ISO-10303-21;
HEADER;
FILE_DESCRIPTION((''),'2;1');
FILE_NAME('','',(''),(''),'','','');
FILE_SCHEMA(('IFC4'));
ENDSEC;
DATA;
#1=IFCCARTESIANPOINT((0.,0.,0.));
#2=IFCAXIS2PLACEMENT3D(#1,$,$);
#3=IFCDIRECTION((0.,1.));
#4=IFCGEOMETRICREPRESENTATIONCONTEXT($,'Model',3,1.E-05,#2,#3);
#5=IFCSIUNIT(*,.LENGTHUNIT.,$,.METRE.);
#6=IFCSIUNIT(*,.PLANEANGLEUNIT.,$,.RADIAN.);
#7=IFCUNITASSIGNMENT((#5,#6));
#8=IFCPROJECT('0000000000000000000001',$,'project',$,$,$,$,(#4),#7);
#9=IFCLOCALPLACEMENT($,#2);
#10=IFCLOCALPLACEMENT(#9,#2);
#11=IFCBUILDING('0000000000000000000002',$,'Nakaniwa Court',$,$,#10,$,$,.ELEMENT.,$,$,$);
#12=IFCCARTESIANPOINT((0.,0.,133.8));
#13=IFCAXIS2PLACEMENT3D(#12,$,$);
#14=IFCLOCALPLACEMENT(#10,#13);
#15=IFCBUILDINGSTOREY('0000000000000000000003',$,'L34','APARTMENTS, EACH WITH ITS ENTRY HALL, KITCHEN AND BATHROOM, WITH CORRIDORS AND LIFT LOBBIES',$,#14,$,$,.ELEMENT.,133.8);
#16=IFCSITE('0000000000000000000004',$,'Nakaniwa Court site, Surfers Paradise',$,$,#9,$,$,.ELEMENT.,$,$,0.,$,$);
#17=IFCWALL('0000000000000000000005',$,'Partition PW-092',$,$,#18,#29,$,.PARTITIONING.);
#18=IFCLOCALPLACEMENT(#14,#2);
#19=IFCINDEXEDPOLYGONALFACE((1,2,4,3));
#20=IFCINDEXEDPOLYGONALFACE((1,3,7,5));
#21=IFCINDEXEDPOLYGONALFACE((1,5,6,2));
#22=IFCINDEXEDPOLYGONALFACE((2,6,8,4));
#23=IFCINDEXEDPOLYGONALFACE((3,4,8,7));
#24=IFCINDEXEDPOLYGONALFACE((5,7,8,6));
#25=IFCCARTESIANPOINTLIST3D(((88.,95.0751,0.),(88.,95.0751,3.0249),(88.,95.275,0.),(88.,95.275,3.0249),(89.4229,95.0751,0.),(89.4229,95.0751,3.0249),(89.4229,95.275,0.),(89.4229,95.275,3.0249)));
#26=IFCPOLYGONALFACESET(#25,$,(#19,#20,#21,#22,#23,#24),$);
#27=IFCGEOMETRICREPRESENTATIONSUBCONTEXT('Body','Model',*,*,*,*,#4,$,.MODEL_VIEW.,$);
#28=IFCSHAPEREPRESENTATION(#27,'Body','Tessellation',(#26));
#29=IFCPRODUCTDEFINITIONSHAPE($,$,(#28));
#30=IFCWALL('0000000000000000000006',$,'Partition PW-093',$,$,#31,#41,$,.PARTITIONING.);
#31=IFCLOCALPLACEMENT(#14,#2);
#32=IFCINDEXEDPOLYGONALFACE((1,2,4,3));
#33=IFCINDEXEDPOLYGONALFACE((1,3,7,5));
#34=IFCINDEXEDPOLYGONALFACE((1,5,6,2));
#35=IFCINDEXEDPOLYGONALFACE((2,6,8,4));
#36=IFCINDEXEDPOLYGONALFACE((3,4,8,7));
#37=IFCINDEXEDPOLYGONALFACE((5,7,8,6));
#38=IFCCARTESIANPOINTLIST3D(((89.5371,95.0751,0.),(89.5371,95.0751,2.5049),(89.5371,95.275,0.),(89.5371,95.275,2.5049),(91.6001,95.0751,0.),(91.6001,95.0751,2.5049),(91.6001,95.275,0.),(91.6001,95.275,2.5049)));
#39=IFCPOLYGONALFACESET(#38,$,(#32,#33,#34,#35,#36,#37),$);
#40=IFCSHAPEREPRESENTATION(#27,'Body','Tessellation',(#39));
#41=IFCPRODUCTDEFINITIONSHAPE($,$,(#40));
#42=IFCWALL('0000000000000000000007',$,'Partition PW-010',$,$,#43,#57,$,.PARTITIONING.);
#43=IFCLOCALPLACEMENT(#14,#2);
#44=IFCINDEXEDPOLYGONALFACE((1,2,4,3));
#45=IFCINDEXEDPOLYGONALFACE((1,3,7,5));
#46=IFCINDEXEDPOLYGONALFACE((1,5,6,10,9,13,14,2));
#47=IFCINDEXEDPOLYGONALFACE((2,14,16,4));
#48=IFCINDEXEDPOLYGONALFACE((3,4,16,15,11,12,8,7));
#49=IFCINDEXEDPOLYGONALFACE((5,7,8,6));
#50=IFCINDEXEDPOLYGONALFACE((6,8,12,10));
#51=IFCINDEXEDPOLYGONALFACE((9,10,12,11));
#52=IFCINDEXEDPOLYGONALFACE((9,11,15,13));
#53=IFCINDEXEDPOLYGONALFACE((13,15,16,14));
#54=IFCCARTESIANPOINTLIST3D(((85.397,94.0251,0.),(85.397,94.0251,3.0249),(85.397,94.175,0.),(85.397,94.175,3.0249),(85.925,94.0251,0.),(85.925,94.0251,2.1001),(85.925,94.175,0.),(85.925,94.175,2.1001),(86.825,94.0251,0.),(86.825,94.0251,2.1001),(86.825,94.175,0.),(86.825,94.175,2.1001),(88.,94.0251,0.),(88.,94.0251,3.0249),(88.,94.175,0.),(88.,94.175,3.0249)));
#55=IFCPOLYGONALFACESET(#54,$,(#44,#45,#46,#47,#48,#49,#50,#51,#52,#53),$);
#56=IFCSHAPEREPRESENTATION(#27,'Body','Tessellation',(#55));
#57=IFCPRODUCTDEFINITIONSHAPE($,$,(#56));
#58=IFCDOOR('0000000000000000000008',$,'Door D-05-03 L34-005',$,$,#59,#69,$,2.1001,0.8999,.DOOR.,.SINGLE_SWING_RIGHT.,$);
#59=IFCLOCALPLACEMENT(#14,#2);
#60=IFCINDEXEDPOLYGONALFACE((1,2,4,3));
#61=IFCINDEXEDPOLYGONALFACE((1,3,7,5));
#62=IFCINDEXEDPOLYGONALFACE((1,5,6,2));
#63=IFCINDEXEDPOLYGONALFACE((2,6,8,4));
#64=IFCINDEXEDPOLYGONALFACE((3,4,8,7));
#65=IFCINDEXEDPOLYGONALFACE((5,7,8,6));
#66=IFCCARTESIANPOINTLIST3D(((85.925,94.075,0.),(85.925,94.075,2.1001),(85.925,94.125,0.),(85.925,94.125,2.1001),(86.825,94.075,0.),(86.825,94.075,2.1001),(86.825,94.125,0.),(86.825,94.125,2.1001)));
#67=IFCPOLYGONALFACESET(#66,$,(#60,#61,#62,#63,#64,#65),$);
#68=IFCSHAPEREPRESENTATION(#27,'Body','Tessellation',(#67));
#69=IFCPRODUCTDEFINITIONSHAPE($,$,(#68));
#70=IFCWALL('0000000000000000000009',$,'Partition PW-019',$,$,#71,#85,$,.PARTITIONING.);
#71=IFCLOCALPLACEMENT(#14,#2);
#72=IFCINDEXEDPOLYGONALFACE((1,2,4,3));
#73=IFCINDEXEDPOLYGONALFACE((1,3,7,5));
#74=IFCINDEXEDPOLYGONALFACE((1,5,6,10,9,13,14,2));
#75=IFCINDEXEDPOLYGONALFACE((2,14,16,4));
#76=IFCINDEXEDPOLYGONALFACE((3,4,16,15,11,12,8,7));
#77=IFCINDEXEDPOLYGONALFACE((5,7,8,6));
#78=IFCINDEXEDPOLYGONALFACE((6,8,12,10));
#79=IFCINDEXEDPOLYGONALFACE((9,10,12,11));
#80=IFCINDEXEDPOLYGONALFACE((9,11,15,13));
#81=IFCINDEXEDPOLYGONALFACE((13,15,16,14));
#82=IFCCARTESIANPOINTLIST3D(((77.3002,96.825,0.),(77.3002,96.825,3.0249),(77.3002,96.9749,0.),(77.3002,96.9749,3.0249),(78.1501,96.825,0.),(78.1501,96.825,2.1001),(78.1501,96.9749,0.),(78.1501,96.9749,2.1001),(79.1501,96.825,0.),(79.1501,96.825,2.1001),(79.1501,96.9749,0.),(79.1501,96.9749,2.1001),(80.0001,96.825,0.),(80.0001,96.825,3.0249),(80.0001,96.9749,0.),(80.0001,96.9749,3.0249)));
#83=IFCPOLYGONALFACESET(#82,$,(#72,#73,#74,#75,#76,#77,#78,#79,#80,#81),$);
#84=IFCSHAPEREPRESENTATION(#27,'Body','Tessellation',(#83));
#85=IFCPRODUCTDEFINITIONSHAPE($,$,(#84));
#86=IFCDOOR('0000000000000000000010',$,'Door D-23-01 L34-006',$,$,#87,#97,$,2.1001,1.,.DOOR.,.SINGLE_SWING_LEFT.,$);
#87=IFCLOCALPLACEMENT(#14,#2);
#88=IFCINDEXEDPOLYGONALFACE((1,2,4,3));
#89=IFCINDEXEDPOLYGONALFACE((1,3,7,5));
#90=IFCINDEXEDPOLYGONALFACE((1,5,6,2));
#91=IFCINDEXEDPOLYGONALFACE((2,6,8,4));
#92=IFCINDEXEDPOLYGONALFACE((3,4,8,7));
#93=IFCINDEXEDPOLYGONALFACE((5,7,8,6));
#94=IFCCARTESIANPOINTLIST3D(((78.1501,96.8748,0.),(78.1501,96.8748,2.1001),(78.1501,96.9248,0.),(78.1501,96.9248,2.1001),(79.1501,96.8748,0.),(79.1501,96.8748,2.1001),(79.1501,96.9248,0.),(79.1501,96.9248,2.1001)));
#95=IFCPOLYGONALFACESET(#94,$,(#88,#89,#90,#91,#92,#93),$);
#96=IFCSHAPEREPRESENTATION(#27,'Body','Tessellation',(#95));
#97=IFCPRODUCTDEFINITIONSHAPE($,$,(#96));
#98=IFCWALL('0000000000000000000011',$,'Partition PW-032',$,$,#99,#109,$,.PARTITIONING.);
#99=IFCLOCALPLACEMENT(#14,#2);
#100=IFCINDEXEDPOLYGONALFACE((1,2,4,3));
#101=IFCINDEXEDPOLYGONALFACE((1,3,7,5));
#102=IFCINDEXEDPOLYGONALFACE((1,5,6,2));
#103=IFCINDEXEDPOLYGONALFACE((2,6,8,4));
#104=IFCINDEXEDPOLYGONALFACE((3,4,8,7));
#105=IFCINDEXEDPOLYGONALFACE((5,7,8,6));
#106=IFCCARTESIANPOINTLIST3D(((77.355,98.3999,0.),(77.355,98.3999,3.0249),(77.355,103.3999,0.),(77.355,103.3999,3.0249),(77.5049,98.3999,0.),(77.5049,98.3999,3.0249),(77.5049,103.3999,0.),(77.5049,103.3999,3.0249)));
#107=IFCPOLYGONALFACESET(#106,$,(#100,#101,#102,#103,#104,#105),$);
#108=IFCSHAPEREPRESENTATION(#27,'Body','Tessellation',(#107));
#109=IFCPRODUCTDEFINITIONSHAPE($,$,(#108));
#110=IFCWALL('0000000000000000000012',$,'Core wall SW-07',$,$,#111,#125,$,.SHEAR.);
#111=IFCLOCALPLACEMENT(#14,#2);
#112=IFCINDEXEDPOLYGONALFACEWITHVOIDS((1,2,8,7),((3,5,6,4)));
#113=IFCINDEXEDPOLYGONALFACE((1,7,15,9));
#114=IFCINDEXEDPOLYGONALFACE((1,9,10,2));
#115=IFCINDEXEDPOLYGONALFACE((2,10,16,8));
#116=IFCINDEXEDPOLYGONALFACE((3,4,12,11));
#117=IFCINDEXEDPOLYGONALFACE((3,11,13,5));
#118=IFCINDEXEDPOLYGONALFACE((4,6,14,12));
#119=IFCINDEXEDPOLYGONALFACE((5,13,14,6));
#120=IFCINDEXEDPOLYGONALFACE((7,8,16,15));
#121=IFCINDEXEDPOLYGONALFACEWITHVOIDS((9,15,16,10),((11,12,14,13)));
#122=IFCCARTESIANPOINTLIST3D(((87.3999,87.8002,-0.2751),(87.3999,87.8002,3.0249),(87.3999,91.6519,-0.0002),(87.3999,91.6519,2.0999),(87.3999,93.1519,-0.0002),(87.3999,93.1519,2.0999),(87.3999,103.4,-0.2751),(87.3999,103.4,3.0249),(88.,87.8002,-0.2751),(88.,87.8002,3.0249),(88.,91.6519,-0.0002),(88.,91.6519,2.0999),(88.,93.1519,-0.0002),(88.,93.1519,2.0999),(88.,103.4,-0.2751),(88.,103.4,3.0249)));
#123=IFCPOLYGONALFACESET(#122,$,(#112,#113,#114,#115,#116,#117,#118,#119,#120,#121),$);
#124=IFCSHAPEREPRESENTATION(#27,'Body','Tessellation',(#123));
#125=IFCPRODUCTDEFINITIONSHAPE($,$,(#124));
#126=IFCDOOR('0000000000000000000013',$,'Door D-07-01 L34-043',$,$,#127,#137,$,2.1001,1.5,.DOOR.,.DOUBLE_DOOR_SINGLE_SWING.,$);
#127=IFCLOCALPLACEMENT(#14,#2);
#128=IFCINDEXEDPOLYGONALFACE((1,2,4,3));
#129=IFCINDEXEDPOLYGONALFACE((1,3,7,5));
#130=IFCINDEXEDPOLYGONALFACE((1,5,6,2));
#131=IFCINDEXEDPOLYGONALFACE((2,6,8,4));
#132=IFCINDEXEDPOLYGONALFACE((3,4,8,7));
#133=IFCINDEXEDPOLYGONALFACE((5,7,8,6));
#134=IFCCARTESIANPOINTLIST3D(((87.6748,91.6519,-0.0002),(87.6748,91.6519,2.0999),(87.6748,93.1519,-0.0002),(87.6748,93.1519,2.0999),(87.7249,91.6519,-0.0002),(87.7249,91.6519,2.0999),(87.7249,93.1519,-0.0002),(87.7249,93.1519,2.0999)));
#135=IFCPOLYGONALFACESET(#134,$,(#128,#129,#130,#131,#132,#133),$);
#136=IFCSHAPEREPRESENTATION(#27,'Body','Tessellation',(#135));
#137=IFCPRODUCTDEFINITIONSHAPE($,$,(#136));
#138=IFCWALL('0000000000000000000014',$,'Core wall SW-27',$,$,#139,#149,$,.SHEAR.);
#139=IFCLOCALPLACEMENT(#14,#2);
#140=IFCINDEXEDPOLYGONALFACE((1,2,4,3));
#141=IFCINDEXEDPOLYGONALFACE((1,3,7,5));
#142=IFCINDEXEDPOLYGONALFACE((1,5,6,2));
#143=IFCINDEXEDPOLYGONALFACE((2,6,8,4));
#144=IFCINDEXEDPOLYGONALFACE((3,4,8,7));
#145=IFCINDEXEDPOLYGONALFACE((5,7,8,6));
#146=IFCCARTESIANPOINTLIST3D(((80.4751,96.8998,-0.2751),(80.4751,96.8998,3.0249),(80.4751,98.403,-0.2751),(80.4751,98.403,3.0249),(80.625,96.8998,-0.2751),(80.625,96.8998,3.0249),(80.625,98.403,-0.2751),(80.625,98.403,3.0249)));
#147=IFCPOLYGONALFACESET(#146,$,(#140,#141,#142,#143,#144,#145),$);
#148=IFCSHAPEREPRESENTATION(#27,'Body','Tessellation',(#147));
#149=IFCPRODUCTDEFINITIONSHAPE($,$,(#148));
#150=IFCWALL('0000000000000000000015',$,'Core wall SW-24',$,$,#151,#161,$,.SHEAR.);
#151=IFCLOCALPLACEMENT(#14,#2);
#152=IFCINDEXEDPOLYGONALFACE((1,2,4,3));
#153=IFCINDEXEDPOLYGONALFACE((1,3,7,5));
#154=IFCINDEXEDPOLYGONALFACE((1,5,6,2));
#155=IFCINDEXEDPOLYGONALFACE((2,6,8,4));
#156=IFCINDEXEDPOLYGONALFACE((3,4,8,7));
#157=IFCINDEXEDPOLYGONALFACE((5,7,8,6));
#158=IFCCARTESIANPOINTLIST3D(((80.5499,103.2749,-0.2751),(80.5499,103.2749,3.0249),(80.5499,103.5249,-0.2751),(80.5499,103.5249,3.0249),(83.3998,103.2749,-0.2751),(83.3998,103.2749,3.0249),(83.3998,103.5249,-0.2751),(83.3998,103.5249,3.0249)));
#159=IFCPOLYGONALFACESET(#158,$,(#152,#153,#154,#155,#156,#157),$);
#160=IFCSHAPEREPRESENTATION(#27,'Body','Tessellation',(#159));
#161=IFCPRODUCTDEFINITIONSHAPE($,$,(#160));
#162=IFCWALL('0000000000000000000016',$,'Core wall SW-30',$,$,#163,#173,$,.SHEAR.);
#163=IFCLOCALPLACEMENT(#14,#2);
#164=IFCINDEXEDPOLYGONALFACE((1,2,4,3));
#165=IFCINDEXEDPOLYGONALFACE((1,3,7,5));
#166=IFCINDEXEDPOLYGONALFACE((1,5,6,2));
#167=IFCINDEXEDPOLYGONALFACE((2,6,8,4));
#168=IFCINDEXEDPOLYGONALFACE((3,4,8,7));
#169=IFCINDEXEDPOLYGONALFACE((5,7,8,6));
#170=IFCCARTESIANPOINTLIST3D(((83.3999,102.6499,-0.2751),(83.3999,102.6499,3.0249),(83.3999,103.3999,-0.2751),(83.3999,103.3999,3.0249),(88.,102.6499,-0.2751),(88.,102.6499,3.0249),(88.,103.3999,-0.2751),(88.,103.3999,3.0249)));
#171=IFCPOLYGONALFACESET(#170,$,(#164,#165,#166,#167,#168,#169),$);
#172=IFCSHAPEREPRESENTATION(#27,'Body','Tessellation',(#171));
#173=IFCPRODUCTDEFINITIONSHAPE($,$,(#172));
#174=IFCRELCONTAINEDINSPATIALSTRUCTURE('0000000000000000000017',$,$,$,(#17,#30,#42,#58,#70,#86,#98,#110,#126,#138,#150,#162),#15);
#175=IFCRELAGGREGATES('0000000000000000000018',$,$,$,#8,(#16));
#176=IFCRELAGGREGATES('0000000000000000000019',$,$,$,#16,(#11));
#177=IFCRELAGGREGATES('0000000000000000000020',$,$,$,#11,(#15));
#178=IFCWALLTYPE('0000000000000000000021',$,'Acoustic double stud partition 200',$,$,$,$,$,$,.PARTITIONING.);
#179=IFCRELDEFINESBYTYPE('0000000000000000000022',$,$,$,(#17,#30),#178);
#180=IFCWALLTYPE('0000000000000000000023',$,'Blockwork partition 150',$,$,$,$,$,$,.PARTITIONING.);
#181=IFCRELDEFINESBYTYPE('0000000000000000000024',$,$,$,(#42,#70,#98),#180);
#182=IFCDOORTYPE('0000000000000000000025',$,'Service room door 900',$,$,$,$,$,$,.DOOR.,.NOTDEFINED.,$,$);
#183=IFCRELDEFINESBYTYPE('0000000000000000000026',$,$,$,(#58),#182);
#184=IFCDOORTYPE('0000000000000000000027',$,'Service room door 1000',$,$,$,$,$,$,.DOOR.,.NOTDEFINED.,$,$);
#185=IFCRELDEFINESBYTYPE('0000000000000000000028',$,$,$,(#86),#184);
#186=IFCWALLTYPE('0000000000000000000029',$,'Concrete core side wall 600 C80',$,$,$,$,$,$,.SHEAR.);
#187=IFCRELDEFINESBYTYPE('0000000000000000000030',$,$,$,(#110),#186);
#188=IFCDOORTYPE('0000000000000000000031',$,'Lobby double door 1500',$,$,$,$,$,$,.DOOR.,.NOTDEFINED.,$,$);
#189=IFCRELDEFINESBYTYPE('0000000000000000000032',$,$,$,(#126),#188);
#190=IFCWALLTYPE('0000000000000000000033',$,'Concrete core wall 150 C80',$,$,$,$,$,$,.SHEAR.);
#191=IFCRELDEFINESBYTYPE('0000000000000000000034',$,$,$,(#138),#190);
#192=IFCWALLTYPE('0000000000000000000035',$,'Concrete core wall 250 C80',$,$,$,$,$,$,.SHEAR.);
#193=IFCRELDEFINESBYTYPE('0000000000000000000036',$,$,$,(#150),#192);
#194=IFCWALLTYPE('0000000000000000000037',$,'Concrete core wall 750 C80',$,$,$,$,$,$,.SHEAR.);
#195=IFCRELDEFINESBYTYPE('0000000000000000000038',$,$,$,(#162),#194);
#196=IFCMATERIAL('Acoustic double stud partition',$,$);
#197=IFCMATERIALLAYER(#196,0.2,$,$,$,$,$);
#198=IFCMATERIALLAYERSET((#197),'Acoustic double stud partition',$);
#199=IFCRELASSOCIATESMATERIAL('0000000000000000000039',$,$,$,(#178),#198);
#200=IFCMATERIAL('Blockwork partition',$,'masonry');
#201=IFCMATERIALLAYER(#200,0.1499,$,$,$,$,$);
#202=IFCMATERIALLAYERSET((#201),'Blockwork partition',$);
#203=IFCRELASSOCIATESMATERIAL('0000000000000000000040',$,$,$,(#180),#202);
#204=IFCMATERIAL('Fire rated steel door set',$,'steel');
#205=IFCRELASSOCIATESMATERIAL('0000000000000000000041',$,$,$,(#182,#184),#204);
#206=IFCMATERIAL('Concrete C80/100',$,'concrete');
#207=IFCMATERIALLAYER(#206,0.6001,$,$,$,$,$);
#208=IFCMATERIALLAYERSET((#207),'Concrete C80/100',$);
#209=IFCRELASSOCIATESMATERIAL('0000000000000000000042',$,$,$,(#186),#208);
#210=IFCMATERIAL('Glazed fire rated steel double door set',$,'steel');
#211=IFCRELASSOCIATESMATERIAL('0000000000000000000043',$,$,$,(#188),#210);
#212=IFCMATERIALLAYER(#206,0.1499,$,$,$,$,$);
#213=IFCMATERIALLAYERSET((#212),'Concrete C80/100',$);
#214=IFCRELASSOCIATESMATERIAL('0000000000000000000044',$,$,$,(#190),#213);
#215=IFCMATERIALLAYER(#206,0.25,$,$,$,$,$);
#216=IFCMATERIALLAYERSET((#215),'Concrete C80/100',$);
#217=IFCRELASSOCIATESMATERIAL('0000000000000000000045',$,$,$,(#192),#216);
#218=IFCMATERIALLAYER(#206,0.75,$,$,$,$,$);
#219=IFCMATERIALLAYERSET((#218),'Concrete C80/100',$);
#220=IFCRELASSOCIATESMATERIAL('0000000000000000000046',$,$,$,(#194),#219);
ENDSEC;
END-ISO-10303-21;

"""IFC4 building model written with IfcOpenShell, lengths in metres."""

from ifc_helpers import new_model, si_unit, direction, frame, frame_2d, origin, place, context, subcontext, project, spatial, rectangle, extrude, material, layer, layer_set, type_object, element, fill, save


model = new_model("IFC4")

# Units and contexts
model_context = context("Model", 3, precision=1e-05, world=origin(), true_north=direction((0.0, 1.0)))
body_context = subcontext(model_context, "Body", "Model", "MODEL_VIEW")
ifc_project = project(units=[si_unit("LENGTHUNIT", "METRE"), si_unit("PLANEANGLEUNIT", "RADIAN")], contexts=[model_context])

# Site, building, storey
site_placement = place(None, origin())
site = spatial("IfcSite", under=ifc_project, at=site_placement, Name="Nakaniwa Court site, Surfers Paradise", CompositionType="ELEMENT", RefElevation=0.0)
building_placement = place(site_placement, origin())
building = spatial("IfcBuilding", under=site, at=building_placement, Name="Nakaniwa Court", CompositionType="ELEMENT")
storey_placement = place(building_placement, frame((0.0, 0.0, 133.8)))
storey = spatial("IfcBuildingStorey", under=building, at=storey_placement, Name="L34", Description="APARTMENTS, EACH WITH ITS ENTRY HALL, KITCHEN AND BATHROOM, WITH CORRIDORS AND LIFT LOBBIES", CompositionType="ELEMENT", Elevation=133.8)

# Walls
ifc_material_1 = material(Name="Acoustic double stud partition")
ifc_layer_1 = layer(ifc_material_1, 0.2)
ifc_layer_set_1 = layer_set([ifc_layer_1], Name="Acoustic double stud partition")
wall_type_1 = type_object("IfcWallType", Name="Acoustic double stud partition 200", PredefinedType="PARTITIONING", material=ifc_layer_set_1)
wall_1_placement = place(storey_placement, frame((88.0, 95.175, 0.0), z_axis=(0.0, 0.0, 1.0), x_axis=(1.0, 0.0, 0.0)))
element("IfcWall", 1, at=wall_1_placement, inside=storey, type_object=wall_type_1, Name="Partition PW-092", PredefinedType="PARTITIONING", context=body_context, shape_type="SweptSolid", body=[
    extrude(rectangle(XDim=1.4229, YDim=0.2, at=frame_2d((0.7114, 0.0))), origin(), (0.0, 0.0, 1.0), 3.0249),
])
wall_2_placement = place(storey_placement, frame((89.5371, 95.175, 0.0), z_axis=(0.0, 0.0, 1.0), x_axis=(1.0, 0.0, 0.0)))
element("IfcWall", 2, at=wall_2_placement, inside=storey, type_object=wall_type_1, Name="Partition PW-093", PredefinedType="PARTITIONING", context=body_context, shape_type="SweptSolid", body=[
    extrude(rectangle(XDim=2.063, YDim=0.2, at=frame_2d((1.0315, 0.0))), origin(), (0.0, 0.0, 1.0), 2.5049),
])

# Walls, openings, doors
ifc_material_2 = material(Name="Blockwork partition", Category="masonry")
ifc_layer_2 = layer(ifc_material_2, 0.1499)
ifc_layer_set_2 = layer_set([ifc_layer_2], Name="Blockwork partition")
wall_type_2 = type_object("IfcWallType", Name="Blockwork partition 150", PredefinedType="PARTITIONING", material=ifc_layer_set_2)
wall_3_placement = place(storey_placement, frame((85.397, 94.1001, 0.0), z_axis=(0.0, 0.0, 1.0), x_axis=(1.0, 0.0, 0.0)))
wall_3 = element("IfcWall", 3, at=wall_3_placement, inside=storey, type_object=wall_type_2, Name="Partition PW-010", PredefinedType="PARTITIONING", context=body_context, shape_type="SweptSolid", body=[
    extrude(rectangle(XDim=2.603, YDim=0.1499, at=frame_2d((1.3015, 0.0))), origin(), (0.0, 0.0, 1.0), 3.0249),
])
opening_1_placement = place(wall_3_placement, frame((0.5281, 0.0, 0.0)))
opening_1 = element("IfcOpeningElement", 4, at=opening_1_placement, cuts=wall_3, PredefinedType="OPENING", context=body_context, shape_type="SweptSolid", body=[
    extrude(rectangle(XDim=0.8999, YDim=2.1001, at=frame_2d((0.45, 1.05))), frame((0.0, 0.085, 0.0), z_axis=(0.0, -1.0, 0.0), x_axis=(1.0, 0.0, 0.0)), (0.0, 0.0, 1.0), 0.1699),
])
ifc_material_3 = material(Name="Fire rated steel door set", Category="steel")
door_type_1 = type_object("IfcDoorType", Name="Service room door 900", OperationType="NOTDEFINED", PredefinedType="DOOR", material=ifc_material_3)
door_1_placement = place(opening_1_placement, origin())
door_1 = element("IfcDoor", 5, at=door_1_placement, inside=storey, type_object=door_type_1, Name="Door D-05-03 L34-005", OperationType="SINGLE_SWING_RIGHT", OverallHeight=2.1001, OverallWidth=0.8999, PredefinedType="DOOR", context=body_context, shape_type="SweptSolid", body=[
    extrude(rectangle(XDim=0.8999, YDim=2.1001, at=frame_2d((0.45, 1.05))), frame((0.0, 0.0249, 0.0), z_axis=(0.0, -1.0, 0.0), x_axis=(1.0, 0.0, 0.0)), (0.0, 0.0, 1.0), 0.05),
])
fill(opening_1, door_1)
wall_4_placement = place(storey_placement, frame((77.3, 96.8999, 0.0), z_axis=(0.0, 0.0, 1.0), x_axis=(1.0, 0.0, 0.0)))
wall_4 = element("IfcWall", 6, at=wall_4_placement, inside=storey, type_object=wall_type_2, Name="Partition PW-019", PredefinedType="PARTITIONING", context=body_context, shape_type="SweptSolid", body=[
    extrude(rectangle(XDim=2.7, YDim=0.1499, at=frame_2d((1.3501, 0.0))), origin(), (0.0, 0.0, 1.0), 3.0249),
])
opening_2_placement = place(wall_4_placement, frame((0.8501, 0.0, 0.0)))
opening_2 = element("IfcOpeningElement", 7, at=opening_2_placement, cuts=wall_4, PredefinedType="OPENING", context=body_context, shape_type="SweptSolid", body=[
    extrude(rectangle(XDim=1.0, YDim=2.1001, at=frame_2d((0.5, 1.05))), frame((0.0, 0.085, 0.0), z_axis=(0.0, -1.0, 0.0), x_axis=(1.0, 0.0, 0.0)), (0.0, 0.0, 1.0), 0.1699),
])
door_type_2 = type_object("IfcDoorType", Name="Service room door 1000", OperationType="NOTDEFINED", PredefinedType="DOOR", material=ifc_material_3)
door_2_placement = place(opening_2_placement, origin())
door_2 = element("IfcDoor", 8, at=door_2_placement, inside=storey, type_object=door_type_2, Name="Door D-23-01 L34-006", OperationType="SINGLE_SWING_LEFT", OverallHeight=2.1001, OverallWidth=1.0, PredefinedType="DOOR", context=body_context, shape_type="SweptSolid", body=[
    extrude(rectangle(XDim=1.0, YDim=2.1001, at=frame_2d((0.5, 1.05))), frame((0.0, 0.0249, 0.0), z_axis=(0.0, -1.0, 0.0), x_axis=(1.0, 0.0, 0.0)), (0.0, 0.0, 1.0), 0.05),
])
fill(opening_2, door_2)

# Wall
wall_5_placement = place(storey_placement, frame((77.4299, 98.3999, 0.0), z_axis=(0.0, 0.0, 1.0), x_axis=(0.0, 1.0, 0.0)))
element("IfcWall", 9, at=wall_5_placement, inside=storey, type_object=wall_type_2, Name="Partition PW-032", PredefinedType="PARTITIONING", context=body_context, shape_type="SweptSolid", body=[
    extrude(rectangle(XDim=5.0, YDim=0.1499, at=frame_2d((2.5, 0.0))), origin(), (0.0, 0.0, 1.0), 3.0249),
])

# Wall, opening, door
ifc_material_4 = material(Name="Concrete C80/100", Category="concrete")
ifc_layer_3 = layer(ifc_material_4, 0.6001)
ifc_layer_set_3 = layer_set([ifc_layer_3], Name="Concrete C80/100")
wall_type_3 = type_object("IfcWallType", Name="Concrete core side wall 600 C80", PredefinedType="SHEAR", material=ifc_layer_set_3)
wall_6_placement = place(storey_placement, frame((87.7, 103.3999, -0.2751), z_axis=(0.0, 0.0, 1.0), x_axis=(0.0, -1.0, 0.0)))
wall_6 = element("IfcWall", 10, at=wall_6_placement, inside=storey, type_object=wall_type_3, Name="Core wall SW-07", PredefinedType="SHEAR", context=body_context, shape_type="SweptSolid", body=[
    extrude(rectangle(XDim=15.5999, YDim=0.6001, at=frame_2d((7.7998, 0.0))), origin(), (0.0, 0.0, 1.0), 3.3),
])
opening_3_placement = place(wall_6_placement, frame((10.248, 0.0, 0.2749)))
opening_3 = element("IfcOpeningElement", 11, at=opening_3_placement, cuts=wall_6, PredefinedType="OPENING", context=body_context, shape_type="SweptSolid", body=[
    extrude(rectangle(XDim=1.5, YDim=2.1001, at=frame_2d((0.75, 1.05))), frame((0.0, 0.3101, 0.0), z_axis=(0.0, -1.0, 0.0), x_axis=(1.0, 0.0, 0.0)), (0.0, 0.0, 1.0), 0.6201),
])
ifc_material_5 = material(Name="Glazed fire rated steel double door set", Category="steel")
door_type_3 = type_object("IfcDoorType", Name="Lobby double door 1500", OperationType="NOTDEFINED", PredefinedType="DOOR", material=ifc_material_5)
door_3_placement = place(opening_3_placement, origin())
door_3 = element("IfcDoor", 12, at=door_3_placement, inside=storey, type_object=door_type_3, Name="Door D-07-01 L34-043", OperationType="DOUBLE_DOOR_SINGLE_SWING", OverallHeight=2.1001, OverallWidth=1.5, PredefinedType="DOOR", context=body_context, shape_type="SweptSolid", body=[
    extrude(rectangle(XDim=1.5, YDim=2.1001, at=frame_2d((0.75, 1.05))), frame((0.0, 0.0249, 0.0), z_axis=(0.0, -1.0, 0.0), x_axis=(1.0, 0.0, 0.0)), (0.0, 0.0, 1.0), 0.05),
])
fill(opening_3, door_3)

# Walls
ifc_layer_4 = layer(ifc_material_4, 0.1499)
ifc_layer_set_4 = layer_set([ifc_layer_4], Name="Concrete C80/100")
wall_type_4 = type_object("IfcWallType", Name="Concrete core wall 150 C80", PredefinedType="SHEAR", material=ifc_layer_set_4)
wall_7_placement = place(storey_placement, frame((80.55, 96.8999, -0.2751), z_axis=(0.0, 0.0, 1.0), x_axis=(0.0, 1.0, 0.0)))
element("IfcWall", 13, at=wall_7_placement, inside=storey, type_object=wall_type_4, Name="Core wall SW-27", PredefinedType="SHEAR", context=body_context, shape_type="SweptSolid", body=[
    extrude(rectangle(XDim=1.5032, YDim=0.1499, at=frame_2d((0.7515, 0.0))), origin(), (0.0, 0.0, 1.0), 3.3),
])
ifc_layer_5 = layer(ifc_material_4, 0.25)
ifc_layer_set_5 = layer_set([ifc_layer_5], Name="Concrete C80/100")
wall_type_5 = type_object("IfcWallType", Name="Concrete core wall 250 C80", PredefinedType="SHEAR", material=ifc_layer_set_5)
wall_8_placement = place(storey_placement, frame((80.55, 103.3999, -0.2751), z_axis=(0.0, 0.0, 1.0), x_axis=(1.0, 0.0, 0.0)))
element("IfcWall", 14, at=wall_8_placement, inside=storey, type_object=wall_type_5, Name="Core wall SW-24", PredefinedType="SHEAR", context=body_context, shape_type="SweptSolid", body=[
    extrude(rectangle(XDim=2.8499, YDim=0.25, at=frame_2d((1.4248, 0.0))), origin(), (0.0, 0.0, 1.0), 3.3),
])
ifc_layer_6 = layer(ifc_material_4, 0.75)
ifc_layer_set_6 = layer_set([ifc_layer_6], Name="Concrete C80/100")
wall_type_6 = type_object("IfcWallType", Name="Concrete core wall 750 C80", PredefinedType="SHEAR", material=ifc_layer_set_6)
wall_9_placement = place(storey_placement, frame((83.3999, 103.0249, -0.2751), z_axis=(0.0, 0.0, 1.0), x_axis=(1.0, 0.0, 0.0)))
element("IfcWall", 15, at=wall_9_placement, inside=storey, type_object=wall_type_6, Name="Core wall SW-30", PredefinedType="SHEAR", context=body_context, shape_type="SweptSolid", body=[
    extrude(rectangle(XDim=4.6001, YDim=0.75, at=frame_2d((2.3, 0.0))), origin(), (0.0, 0.0, 1.0), 3.3),
])

save(model, "model.ifc")
